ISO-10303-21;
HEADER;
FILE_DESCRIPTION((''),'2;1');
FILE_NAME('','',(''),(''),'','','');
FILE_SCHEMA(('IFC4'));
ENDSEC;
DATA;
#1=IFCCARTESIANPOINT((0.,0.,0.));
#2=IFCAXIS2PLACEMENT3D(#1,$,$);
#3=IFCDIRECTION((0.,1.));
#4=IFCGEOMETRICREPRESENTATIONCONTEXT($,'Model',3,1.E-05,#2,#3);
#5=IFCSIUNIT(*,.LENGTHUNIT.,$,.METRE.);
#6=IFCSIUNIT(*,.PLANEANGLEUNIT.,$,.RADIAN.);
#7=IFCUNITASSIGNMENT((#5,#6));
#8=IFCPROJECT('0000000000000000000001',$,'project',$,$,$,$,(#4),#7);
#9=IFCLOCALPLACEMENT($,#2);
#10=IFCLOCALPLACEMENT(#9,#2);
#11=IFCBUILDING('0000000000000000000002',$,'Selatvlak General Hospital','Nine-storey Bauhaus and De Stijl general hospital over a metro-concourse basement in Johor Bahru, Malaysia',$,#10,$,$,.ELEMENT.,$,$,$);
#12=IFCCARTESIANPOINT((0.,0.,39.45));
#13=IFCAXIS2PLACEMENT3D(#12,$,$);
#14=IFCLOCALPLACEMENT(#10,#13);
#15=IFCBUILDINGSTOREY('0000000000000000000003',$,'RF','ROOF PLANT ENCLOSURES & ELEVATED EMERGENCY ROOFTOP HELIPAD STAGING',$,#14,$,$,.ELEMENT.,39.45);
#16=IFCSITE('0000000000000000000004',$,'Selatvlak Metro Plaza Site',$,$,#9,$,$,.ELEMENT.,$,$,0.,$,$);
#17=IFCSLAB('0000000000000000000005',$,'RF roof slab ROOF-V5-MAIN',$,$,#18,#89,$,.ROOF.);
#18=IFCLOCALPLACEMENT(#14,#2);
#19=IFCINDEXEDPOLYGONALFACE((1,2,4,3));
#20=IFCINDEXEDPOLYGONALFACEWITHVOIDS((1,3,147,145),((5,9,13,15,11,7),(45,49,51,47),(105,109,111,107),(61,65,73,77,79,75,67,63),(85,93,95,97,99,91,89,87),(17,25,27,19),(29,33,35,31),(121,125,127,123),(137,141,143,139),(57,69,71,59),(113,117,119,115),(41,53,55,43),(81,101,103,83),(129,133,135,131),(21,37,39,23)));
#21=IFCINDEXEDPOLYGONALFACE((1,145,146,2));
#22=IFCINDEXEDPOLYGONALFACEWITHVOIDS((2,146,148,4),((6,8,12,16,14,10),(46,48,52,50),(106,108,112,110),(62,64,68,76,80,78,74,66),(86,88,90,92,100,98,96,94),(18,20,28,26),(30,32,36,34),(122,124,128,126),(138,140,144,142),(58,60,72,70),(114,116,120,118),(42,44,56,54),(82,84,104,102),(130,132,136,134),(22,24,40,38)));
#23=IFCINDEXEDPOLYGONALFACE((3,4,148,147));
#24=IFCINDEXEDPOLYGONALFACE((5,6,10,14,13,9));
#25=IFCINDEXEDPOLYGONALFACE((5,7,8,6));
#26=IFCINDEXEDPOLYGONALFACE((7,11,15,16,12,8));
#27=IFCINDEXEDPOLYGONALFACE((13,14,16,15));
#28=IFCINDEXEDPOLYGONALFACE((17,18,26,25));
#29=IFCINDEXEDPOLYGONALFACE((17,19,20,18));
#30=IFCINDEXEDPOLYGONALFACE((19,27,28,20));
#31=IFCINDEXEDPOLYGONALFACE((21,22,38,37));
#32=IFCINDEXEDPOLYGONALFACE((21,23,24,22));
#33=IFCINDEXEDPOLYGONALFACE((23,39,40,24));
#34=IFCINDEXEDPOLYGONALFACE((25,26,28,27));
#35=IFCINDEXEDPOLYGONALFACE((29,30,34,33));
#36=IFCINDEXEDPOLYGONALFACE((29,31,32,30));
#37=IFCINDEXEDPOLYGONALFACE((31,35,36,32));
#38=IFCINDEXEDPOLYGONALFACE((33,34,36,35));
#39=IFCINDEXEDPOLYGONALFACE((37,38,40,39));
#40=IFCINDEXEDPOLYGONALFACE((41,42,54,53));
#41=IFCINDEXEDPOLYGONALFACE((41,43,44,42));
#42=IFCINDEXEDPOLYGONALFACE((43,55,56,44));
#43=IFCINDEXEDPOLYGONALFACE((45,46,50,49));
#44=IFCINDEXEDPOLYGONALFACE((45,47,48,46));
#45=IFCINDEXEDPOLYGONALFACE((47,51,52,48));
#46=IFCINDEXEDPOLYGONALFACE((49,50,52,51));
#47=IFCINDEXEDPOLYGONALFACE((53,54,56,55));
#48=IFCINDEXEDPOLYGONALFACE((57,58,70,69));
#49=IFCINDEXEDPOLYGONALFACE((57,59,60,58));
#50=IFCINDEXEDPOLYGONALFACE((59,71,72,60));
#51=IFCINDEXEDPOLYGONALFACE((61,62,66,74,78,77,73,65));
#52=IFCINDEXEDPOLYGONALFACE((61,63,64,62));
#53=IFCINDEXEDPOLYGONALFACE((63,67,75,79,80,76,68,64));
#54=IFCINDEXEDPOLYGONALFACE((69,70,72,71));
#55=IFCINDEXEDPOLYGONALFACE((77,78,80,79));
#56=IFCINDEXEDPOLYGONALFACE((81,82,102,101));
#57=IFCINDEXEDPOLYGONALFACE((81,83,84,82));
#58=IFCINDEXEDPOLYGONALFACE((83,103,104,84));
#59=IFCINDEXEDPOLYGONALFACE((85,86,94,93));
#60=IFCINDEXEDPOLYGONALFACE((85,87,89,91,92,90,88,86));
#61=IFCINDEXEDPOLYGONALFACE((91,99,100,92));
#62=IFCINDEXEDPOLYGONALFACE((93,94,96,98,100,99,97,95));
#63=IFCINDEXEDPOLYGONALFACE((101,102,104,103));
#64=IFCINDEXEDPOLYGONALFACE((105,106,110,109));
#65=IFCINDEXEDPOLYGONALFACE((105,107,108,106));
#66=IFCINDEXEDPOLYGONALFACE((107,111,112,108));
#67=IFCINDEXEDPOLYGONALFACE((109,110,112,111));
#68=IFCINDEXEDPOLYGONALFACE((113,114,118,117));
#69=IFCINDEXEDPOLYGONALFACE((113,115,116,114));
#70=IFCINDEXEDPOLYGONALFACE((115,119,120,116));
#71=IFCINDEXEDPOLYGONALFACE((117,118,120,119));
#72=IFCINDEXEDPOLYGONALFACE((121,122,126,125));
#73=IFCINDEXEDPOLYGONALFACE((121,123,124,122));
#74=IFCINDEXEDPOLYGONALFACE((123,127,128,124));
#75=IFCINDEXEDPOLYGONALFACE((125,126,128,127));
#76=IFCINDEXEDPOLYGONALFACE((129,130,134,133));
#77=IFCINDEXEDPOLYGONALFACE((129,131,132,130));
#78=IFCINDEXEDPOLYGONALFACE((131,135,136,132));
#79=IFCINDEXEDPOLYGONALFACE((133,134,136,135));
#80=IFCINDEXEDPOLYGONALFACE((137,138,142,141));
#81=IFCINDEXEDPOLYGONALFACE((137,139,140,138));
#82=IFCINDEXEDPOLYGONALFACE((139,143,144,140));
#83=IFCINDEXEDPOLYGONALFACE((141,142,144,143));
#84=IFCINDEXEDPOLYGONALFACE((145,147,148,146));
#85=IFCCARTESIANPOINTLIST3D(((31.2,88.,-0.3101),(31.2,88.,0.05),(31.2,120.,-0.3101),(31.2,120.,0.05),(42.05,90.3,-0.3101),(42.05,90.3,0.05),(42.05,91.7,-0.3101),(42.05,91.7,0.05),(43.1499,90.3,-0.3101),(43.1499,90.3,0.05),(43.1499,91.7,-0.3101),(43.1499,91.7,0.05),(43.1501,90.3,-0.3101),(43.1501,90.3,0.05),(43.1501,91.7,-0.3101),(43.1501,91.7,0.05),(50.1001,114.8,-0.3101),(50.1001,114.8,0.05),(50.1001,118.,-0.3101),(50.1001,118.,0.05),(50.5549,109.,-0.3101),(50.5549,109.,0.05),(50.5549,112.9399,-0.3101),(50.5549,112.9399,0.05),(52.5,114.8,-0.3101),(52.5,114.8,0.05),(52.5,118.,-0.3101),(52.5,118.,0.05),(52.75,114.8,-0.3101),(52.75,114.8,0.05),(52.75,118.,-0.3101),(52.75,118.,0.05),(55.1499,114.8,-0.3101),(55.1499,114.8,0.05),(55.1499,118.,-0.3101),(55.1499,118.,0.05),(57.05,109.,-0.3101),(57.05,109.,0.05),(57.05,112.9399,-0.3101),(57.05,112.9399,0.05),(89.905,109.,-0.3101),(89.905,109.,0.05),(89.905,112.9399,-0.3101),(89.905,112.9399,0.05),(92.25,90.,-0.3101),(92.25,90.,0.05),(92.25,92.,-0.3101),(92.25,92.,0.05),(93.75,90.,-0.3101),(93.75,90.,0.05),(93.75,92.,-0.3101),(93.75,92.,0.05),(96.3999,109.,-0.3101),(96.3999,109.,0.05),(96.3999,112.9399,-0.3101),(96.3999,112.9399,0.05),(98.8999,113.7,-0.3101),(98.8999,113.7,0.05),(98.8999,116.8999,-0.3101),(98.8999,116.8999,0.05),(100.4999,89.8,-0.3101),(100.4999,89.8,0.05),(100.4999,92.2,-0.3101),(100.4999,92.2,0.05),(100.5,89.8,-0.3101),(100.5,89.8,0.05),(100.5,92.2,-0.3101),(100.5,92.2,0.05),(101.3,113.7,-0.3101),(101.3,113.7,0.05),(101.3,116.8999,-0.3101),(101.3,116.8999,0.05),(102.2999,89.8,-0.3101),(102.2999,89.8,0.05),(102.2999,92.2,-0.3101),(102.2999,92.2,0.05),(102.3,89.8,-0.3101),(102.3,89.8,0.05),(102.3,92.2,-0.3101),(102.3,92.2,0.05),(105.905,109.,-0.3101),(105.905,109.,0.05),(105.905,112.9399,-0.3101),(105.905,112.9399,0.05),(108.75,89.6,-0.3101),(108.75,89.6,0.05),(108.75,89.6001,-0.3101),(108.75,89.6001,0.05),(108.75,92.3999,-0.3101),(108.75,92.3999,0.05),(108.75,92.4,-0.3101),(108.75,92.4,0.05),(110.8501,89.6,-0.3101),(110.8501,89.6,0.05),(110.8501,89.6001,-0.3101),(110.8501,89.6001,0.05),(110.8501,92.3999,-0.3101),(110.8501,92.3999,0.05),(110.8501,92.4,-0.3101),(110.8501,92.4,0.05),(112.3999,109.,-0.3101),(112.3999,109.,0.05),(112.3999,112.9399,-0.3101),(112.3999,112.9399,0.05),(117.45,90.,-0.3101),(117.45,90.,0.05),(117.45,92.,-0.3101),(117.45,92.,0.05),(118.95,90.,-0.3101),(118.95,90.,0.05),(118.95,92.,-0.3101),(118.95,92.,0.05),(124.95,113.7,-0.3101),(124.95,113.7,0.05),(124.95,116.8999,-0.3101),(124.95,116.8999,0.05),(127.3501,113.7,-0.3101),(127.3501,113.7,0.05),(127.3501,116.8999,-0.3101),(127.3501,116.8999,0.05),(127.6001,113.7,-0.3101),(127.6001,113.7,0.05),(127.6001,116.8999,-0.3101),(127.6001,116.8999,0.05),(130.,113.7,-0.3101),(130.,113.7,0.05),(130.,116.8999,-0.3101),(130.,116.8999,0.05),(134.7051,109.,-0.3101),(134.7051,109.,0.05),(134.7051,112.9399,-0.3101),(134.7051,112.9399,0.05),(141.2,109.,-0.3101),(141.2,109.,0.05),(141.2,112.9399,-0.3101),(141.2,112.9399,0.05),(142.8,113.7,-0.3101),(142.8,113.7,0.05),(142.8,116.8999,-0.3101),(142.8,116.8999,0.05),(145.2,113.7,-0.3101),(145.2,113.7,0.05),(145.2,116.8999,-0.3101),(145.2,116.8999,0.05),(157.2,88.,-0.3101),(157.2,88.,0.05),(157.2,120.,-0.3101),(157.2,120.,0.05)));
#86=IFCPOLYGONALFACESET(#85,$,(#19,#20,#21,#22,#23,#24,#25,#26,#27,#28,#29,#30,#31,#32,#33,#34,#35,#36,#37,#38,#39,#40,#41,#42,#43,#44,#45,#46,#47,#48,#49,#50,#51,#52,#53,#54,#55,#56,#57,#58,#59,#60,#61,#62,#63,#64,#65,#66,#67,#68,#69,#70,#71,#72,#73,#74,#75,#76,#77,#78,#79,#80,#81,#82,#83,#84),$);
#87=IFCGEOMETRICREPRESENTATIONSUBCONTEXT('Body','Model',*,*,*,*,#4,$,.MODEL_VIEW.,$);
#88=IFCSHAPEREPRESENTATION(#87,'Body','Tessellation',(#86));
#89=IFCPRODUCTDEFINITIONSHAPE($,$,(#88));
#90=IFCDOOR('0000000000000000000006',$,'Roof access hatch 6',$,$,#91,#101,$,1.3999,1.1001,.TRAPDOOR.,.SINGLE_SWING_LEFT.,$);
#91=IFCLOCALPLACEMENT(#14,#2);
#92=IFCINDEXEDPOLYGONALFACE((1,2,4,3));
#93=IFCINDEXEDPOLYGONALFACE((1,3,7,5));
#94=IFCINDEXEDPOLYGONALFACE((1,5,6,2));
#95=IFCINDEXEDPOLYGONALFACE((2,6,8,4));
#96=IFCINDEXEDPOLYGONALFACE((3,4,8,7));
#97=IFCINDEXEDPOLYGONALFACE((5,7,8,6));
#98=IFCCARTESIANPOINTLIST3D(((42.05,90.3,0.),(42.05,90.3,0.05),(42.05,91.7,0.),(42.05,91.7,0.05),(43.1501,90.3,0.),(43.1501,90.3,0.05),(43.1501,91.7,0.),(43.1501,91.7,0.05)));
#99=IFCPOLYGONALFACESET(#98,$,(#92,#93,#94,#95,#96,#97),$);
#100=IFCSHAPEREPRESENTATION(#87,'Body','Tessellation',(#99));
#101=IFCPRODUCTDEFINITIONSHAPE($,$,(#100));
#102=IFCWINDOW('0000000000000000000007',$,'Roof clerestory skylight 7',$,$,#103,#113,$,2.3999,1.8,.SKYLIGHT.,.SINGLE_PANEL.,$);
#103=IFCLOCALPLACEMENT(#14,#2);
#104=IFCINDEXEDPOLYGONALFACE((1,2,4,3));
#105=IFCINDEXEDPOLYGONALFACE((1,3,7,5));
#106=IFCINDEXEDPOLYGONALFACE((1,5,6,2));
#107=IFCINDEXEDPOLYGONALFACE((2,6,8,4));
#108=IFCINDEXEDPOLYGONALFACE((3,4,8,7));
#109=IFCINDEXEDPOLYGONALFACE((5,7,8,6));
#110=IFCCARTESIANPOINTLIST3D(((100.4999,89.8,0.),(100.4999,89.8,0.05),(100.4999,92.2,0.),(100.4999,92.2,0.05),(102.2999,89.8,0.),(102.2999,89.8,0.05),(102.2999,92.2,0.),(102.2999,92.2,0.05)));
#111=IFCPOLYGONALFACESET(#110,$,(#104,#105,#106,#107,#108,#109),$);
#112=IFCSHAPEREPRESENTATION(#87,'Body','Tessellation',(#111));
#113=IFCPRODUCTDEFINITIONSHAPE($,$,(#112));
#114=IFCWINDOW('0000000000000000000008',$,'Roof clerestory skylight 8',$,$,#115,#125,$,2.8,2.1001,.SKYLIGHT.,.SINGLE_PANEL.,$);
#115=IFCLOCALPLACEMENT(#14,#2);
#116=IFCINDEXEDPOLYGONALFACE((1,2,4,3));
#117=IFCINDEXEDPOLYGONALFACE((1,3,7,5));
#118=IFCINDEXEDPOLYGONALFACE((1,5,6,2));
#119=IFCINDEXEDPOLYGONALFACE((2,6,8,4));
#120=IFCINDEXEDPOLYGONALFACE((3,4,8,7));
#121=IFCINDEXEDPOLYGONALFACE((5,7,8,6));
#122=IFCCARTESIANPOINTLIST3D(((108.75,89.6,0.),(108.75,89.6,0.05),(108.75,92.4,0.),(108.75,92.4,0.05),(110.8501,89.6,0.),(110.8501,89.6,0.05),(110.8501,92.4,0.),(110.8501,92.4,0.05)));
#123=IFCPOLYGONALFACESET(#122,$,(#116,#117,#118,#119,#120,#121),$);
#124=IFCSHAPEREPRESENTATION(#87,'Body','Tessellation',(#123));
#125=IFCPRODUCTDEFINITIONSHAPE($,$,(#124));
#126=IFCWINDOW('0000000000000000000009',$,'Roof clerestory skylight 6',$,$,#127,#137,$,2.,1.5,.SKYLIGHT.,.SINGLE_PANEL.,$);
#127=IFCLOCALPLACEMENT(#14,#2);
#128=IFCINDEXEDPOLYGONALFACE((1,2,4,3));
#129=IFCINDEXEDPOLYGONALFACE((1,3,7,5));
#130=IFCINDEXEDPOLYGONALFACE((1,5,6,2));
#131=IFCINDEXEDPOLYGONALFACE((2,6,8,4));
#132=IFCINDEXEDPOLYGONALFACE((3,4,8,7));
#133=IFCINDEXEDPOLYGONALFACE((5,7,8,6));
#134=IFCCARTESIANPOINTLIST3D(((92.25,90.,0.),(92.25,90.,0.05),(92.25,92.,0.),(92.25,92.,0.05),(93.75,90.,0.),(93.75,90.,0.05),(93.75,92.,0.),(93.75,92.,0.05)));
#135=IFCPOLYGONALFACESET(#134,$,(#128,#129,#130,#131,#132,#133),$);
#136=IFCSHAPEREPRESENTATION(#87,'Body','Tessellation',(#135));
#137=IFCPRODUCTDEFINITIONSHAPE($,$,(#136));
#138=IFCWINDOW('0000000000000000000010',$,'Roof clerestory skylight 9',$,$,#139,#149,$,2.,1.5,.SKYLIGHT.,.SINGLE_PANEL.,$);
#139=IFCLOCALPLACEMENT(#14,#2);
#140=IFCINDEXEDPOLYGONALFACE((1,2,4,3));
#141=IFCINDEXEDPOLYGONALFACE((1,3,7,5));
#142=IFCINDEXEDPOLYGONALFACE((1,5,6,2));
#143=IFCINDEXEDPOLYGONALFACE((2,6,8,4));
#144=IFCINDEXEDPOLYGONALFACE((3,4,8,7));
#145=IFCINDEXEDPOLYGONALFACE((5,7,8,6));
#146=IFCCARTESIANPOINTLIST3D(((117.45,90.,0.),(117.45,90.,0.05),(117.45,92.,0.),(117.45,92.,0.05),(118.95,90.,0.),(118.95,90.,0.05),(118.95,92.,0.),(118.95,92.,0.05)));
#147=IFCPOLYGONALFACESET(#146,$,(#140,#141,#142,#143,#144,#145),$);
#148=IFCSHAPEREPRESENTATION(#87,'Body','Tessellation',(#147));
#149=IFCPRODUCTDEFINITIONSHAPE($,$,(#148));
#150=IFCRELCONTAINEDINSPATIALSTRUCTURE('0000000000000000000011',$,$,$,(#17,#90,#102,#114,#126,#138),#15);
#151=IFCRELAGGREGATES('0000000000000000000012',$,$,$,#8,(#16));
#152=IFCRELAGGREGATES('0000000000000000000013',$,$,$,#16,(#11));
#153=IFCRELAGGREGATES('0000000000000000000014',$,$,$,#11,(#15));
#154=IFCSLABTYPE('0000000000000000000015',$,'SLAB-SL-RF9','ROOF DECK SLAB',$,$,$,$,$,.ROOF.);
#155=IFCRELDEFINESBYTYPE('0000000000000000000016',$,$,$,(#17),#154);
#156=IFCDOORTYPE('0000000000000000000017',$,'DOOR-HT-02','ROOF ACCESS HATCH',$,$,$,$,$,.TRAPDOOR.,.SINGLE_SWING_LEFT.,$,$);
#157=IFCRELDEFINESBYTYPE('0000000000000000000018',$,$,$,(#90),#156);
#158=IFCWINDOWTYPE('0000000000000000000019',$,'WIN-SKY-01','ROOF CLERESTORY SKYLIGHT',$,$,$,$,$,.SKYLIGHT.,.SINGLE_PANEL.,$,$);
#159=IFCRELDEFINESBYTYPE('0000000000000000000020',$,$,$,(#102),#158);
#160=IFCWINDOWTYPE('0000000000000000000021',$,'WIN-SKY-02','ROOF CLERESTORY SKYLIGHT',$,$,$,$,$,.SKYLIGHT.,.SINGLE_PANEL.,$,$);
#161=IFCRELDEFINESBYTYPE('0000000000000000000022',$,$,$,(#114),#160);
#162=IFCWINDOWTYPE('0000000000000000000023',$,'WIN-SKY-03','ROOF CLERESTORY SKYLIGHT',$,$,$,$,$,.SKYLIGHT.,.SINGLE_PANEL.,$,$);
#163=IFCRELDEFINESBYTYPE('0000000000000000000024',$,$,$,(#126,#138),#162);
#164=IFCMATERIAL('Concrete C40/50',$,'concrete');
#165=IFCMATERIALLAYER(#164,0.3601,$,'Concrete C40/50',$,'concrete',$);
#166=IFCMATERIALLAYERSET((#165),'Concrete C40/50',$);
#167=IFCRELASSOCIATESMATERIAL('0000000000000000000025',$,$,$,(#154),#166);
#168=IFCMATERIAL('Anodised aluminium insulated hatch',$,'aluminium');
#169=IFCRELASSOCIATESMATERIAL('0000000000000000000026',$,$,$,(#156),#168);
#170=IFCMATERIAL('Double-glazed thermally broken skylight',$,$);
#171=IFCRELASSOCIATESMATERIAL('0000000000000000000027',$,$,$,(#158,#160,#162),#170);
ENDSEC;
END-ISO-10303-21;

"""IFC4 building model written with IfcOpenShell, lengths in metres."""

from ifc_helpers import new_model, si_unit, direction, frame, origin, origin_2d, place, context, subcontext, project, spatial, polyline, rectangle, outline, extrude, material, layer, layer_set, type_object, element, fill, save


model = new_model("IFC4")

# Units and contexts
model_context = context("Model", 3, precision=1e-05, world=origin(), true_north=direction((0.0, 1.0)))
body_context = subcontext(model_context, "Body", "Model", "MODEL_VIEW")
ifc_project = project(units=[si_unit("LENGTHUNIT", "METRE"), si_unit("PLANEANGLEUNIT", "RADIAN")], contexts=[model_context])

# Site, building, storey
site_placement = place(None, origin())
site = spatial("IfcSite", under=ifc_project, at=site_placement, Name="Selatvlak Metro Plaza Site", CompositionType="ELEMENT", RefElevation=0.0)
building_placement = place(site_placement, origin())
building = spatial("IfcBuilding", under=site, at=building_placement, Name="Selatvlak General Hospital", Description="Nine-storey Bauhaus and De Stijl general hospital over a metro-concourse basement in Johor Bahru, Malaysia", CompositionType="ELEMENT")
storey_placement = place(building_placement, frame((0.0, 0.0, 39.45)))
storey = spatial("IfcBuildingStorey", under=building, at=storey_placement, Name="RF", Description="ROOF PLANT ENCLOSURES & ELEVATED EMERGENCY ROOFTOP HELIPAD STAGING", CompositionType="ELEMENT", Elevation=39.45)

# Shared definitions
ifc_material_1 = material(Name="Concrete C40/50", Category="concrete")

# Slab, openings, door, windows
ifc_layer_1 = layer(ifc_material_1, 0.3601, Name="Concrete C40/50", Category="concrete")
ifc_layer_set_1 = layer_set([ifc_layer_1], Name="Concrete C40/50")
slab_type_1 = type_object("IfcSlabType", Name="SLAB-SL-RF9", Description="ROOF DECK SLAB", PredefinedType="ROOF", material=ifc_layer_set_1)
slab_1_placement = place(storey_placement, frame((0.0, 0.0, -0.3101)))
slab_1 = element("IfcSlab", 1, at=slab_1_placement, inside=storey, type_object=slab_type_1, Name="RF roof slab ROOF-V5-MAIN", PredefinedType="ROOF", context=body_context, shape_type="SweptSolid", body=[
    extrude(outline(polyline([(157.2, 88.0), (31.2, 88.0), (31.2, 120.0), (157.2, 120.0), (157.2, 88.0)]), holes=[polyline([(57.05, 112.9399), (50.5549, 112.9399), (50.5549, 109.0), (57.05, 109.0), (57.05, 112.9399)]), polyline([(96.3999, 109.0), (96.3999, 112.9399), (89.905, 112.9399), (89.905, 109.0), (96.3999, 109.0)]), polyline([(105.905, 109.0), (112.3999, 109.0), (112.3999, 112.9399), (105.905, 112.9399), (105.905, 109.0)]), polyline([(134.7051, 112.9399), (134.7051, 109.0), (141.2, 109.0), (141.2, 112.9399), (134.7051, 112.9399)]), polyline([(98.8999, 116.8999), (98.8999, 113.7), (101.3, 113.7), (101.3, 116.8999), (98.8999, 116.8999)]), polyline([(145.2, 116.8999), (142.8, 116.8999), (142.8, 113.7), (145.2, 113.7), (145.2, 116.8999)]), polyline([(52.5, 114.8), (52.5, 118.0), (50.1001, 118.0), (50.1001, 114.8), (52.5, 114.8)]), polyline([(52.75, 114.8), (55.1499, 114.8), (55.1499, 118.0), (52.75, 118.0), (52.75, 114.8)]), polyline([(124.95, 116.8999), (124.95, 113.7), (127.3501, 113.7), (127.3501, 116.8999), (124.95, 116.8999)]), polyline([(130.0, 116.8999), (127.6001, 116.8999), (127.6001, 113.7), (130.0, 113.7), (130.0, 116.8999)]), polyline([(42.05, 90.3), (43.1499, 90.3), (43.1499, 91.7), (42.05, 91.7), (42.05, 90.3)]), polyline([(92.25, 90.0), (93.75, 90.0), (93.75, 92.0), (92.25, 92.0), (92.25, 90.0)]), polyline([(100.5, 89.8), (102.3, 89.8), (102.3, 92.2), (100.5, 92.2), (100.5, 89.8)]), polyline([(108.75, 89.6001), (110.8501, 89.6001), (110.8501, 92.3999), (108.75, 92.3999), (108.75, 89.6001)]), polyline([(117.45, 90.0), (118.95, 90.0), (118.95, 92.0), (117.45, 92.0), (117.45, 90.0)])]), origin(), (0.0, 0.0, 1.0), 0.3601),
])
opening_1_placement = place(slab_1_placement, frame((42.6001, 91.0, 0.0)))
opening_1 = element("IfcOpeningElement", 2, at=opening_1_placement, cuts=slab_1, PredefinedType="OPENING", context=body_context, shape_type="SweptSolid", body=[
    extrude(rectangle(XDim=1.1001, YDim=1.3999, at=origin_2d()), frame((0.0, 0.0, -0.01)), (0.0, 0.0, 1.0), 0.3801),
])
opening_2_placement = place(slab_1_placement, frame((93.0, 91.0, 0.0)))
opening_2 = element("IfcOpeningElement", 3, at=opening_2_placement, cuts=slab_1, PredefinedType="OPENING", context=body_context, shape_type="SweptSolid", body=[
    extrude(rectangle(XDim=1.5, YDim=2.0, at=origin_2d()), frame((0.0, 0.0, -0.01)), (0.0, 0.0, 1.0), 0.3801),
])
opening_3_placement = place(slab_1_placement, frame((101.3999, 91.0, 0.0)))
opening_3 = element("IfcOpeningElement", 4, at=opening_3_placement, cuts=slab_1, PredefinedType="OPENING", context=body_context, shape_type="SweptSolid", body=[
    extrude(rectangle(XDim=1.8, YDim=2.3999, at=origin_2d()), frame((0.0, 0.0, -0.01)), (0.0, 0.0, 1.0), 0.3801),
])
opening_4_placement = place(slab_1_placement, frame((109.8, 91.0, 0.0)))
opening_4 = element("IfcOpeningElement", 5, at=opening_4_placement, cuts=slab_1, PredefinedType="OPENING", context=body_context, shape_type="SweptSolid", body=[
    extrude(rectangle(XDim=2.1001, YDim=2.8, at=origin_2d()), frame((0.0, 0.0, -0.01)), (0.0, 0.0, 1.0), 0.3801),
])
opening_5_placement = place(slab_1_placement, frame((118.2, 91.0, 0.0)))
opening_5 = element("IfcOpeningElement", 6, at=opening_5_placement, cuts=slab_1, PredefinedType="OPENING", context=body_context, shape_type="SweptSolid", body=[
    extrude(rectangle(XDim=1.5, YDim=2.0, at=origin_2d()), frame((0.0, 0.0, -0.01)), (0.0, 0.0, 1.0), 0.3801),
])
ifc_material_2 = material(Name="Anodised aluminium insulated hatch", Category="aluminium")
door_type = type_object("IfcDoorType", Name="DOOR-HT-02", Description="ROOF ACCESS HATCH", OperationType="SINGLE_SWING_LEFT", PredefinedType="TRAPDOOR", material=ifc_material_2)
door_placement = place(opening_1_placement, frame((0.0, 0.0, 0.3101)))
door = element("IfcDoor", 7, at=door_placement, inside=storey, type_object=door_type, Name="Roof access hatch 6", OperationType="SINGLE_SWING_LEFT", OverallHeight=1.3999, OverallWidth=1.1001, PredefinedType="TRAPDOOR", context=body_context, shape_type="SweptSolid", body=[
    extrude(rectangle(XDim=1.1001, YDim=1.3999, at=origin_2d()), origin(), (0.0, 0.0, 1.0), 0.05),
])
fill(opening_1, door)
ifc_material_3 = material(Name="Double-glazed thermally broken skylight")
window_type_1 = type_object("IfcWindowType", Name="WIN-SKY-01", Description="ROOF CLERESTORY SKYLIGHT", PartitioningType="SINGLE_PANEL", PredefinedType="SKYLIGHT", material=ifc_material_3)
window_1_placement = place(opening_3_placement, frame((0.0, 0.0, 0.3101)))
window_1 = element("IfcWindow", 8, at=window_1_placement, inside=storey, type_object=window_type_1, Name="Roof clerestory skylight 7", OverallHeight=2.3999, OverallWidth=1.8, PartitioningType="SINGLE_PANEL", PredefinedType="SKYLIGHT", context=body_context, shape_type="SweptSolid", body=[
    extrude(rectangle(XDim=1.8, YDim=2.3999, at=origin_2d()), origin(), (0.0, 0.0, 1.0), 0.05),
])
fill(opening_3, window_1)
window_type_2 = type_object("IfcWindowType", Name="WIN-SKY-02", Description="ROOF CLERESTORY SKYLIGHT", PartitioningType="SINGLE_PANEL", PredefinedType="SKYLIGHT", material=ifc_material_3)
window_2_placement = place(opening_4_placement, frame((0.0, 0.0, 0.3101)))
window_2 = element("IfcWindow", 9, at=window_2_placement, inside=storey, type_object=window_type_2, Name="Roof clerestory skylight 8", OverallHeight=2.8, OverallWidth=2.1001, PartitioningType="SINGLE_PANEL", PredefinedType="SKYLIGHT", context=body_context, shape_type="SweptSolid", body=[
    extrude(rectangle(XDim=2.1001, YDim=2.8, at=origin_2d()), origin(), (0.0, 0.0, 1.0), 0.05),
])
fill(opening_4, window_2)
window_type_3 = type_object("IfcWindowType", Name="WIN-SKY-03", Description="ROOF CLERESTORY SKYLIGHT", PartitioningType="SINGLE_PANEL", PredefinedType="SKYLIGHT", material=ifc_material_3)
window_3_placement = place(opening_2_placement, frame((0.0, 0.0, 0.3101)))
window_3 = element("IfcWindow", 10, at=window_3_placement, inside=storey, type_object=window_type_3, Name="Roof clerestory skylight 6", OverallHeight=2.0, OverallWidth=1.5, PartitioningType="SINGLE_PANEL", PredefinedType="SKYLIGHT", context=body_context, shape_type="SweptSolid", body=[
    extrude(rectangle(XDim=1.5, YDim=2.0, at=origin_2d()), origin(), (0.0, 0.0, 1.0), 0.05),
])
fill(opening_2, window_3)
window_4_placement = place(opening_5_placement, frame((0.0, 0.0, 0.3101)))
window_4 = element("IfcWindow", 11, at=window_4_placement, inside=storey, type_object=window_type_3, Name="Roof clerestory skylight 9", OverallHeight=2.0, OverallWidth=1.5, PartitioningType="SINGLE_PANEL", PredefinedType="SKYLIGHT", context=body_context, shape_type="SweptSolid", body=[
    extrude(rectangle(XDim=1.5, YDim=2.0, at=origin_2d()), origin(), (0.0, 0.0, 1.0), 0.05),
])
fill(opening_5, window_4)

save(model, "model.ifc")
